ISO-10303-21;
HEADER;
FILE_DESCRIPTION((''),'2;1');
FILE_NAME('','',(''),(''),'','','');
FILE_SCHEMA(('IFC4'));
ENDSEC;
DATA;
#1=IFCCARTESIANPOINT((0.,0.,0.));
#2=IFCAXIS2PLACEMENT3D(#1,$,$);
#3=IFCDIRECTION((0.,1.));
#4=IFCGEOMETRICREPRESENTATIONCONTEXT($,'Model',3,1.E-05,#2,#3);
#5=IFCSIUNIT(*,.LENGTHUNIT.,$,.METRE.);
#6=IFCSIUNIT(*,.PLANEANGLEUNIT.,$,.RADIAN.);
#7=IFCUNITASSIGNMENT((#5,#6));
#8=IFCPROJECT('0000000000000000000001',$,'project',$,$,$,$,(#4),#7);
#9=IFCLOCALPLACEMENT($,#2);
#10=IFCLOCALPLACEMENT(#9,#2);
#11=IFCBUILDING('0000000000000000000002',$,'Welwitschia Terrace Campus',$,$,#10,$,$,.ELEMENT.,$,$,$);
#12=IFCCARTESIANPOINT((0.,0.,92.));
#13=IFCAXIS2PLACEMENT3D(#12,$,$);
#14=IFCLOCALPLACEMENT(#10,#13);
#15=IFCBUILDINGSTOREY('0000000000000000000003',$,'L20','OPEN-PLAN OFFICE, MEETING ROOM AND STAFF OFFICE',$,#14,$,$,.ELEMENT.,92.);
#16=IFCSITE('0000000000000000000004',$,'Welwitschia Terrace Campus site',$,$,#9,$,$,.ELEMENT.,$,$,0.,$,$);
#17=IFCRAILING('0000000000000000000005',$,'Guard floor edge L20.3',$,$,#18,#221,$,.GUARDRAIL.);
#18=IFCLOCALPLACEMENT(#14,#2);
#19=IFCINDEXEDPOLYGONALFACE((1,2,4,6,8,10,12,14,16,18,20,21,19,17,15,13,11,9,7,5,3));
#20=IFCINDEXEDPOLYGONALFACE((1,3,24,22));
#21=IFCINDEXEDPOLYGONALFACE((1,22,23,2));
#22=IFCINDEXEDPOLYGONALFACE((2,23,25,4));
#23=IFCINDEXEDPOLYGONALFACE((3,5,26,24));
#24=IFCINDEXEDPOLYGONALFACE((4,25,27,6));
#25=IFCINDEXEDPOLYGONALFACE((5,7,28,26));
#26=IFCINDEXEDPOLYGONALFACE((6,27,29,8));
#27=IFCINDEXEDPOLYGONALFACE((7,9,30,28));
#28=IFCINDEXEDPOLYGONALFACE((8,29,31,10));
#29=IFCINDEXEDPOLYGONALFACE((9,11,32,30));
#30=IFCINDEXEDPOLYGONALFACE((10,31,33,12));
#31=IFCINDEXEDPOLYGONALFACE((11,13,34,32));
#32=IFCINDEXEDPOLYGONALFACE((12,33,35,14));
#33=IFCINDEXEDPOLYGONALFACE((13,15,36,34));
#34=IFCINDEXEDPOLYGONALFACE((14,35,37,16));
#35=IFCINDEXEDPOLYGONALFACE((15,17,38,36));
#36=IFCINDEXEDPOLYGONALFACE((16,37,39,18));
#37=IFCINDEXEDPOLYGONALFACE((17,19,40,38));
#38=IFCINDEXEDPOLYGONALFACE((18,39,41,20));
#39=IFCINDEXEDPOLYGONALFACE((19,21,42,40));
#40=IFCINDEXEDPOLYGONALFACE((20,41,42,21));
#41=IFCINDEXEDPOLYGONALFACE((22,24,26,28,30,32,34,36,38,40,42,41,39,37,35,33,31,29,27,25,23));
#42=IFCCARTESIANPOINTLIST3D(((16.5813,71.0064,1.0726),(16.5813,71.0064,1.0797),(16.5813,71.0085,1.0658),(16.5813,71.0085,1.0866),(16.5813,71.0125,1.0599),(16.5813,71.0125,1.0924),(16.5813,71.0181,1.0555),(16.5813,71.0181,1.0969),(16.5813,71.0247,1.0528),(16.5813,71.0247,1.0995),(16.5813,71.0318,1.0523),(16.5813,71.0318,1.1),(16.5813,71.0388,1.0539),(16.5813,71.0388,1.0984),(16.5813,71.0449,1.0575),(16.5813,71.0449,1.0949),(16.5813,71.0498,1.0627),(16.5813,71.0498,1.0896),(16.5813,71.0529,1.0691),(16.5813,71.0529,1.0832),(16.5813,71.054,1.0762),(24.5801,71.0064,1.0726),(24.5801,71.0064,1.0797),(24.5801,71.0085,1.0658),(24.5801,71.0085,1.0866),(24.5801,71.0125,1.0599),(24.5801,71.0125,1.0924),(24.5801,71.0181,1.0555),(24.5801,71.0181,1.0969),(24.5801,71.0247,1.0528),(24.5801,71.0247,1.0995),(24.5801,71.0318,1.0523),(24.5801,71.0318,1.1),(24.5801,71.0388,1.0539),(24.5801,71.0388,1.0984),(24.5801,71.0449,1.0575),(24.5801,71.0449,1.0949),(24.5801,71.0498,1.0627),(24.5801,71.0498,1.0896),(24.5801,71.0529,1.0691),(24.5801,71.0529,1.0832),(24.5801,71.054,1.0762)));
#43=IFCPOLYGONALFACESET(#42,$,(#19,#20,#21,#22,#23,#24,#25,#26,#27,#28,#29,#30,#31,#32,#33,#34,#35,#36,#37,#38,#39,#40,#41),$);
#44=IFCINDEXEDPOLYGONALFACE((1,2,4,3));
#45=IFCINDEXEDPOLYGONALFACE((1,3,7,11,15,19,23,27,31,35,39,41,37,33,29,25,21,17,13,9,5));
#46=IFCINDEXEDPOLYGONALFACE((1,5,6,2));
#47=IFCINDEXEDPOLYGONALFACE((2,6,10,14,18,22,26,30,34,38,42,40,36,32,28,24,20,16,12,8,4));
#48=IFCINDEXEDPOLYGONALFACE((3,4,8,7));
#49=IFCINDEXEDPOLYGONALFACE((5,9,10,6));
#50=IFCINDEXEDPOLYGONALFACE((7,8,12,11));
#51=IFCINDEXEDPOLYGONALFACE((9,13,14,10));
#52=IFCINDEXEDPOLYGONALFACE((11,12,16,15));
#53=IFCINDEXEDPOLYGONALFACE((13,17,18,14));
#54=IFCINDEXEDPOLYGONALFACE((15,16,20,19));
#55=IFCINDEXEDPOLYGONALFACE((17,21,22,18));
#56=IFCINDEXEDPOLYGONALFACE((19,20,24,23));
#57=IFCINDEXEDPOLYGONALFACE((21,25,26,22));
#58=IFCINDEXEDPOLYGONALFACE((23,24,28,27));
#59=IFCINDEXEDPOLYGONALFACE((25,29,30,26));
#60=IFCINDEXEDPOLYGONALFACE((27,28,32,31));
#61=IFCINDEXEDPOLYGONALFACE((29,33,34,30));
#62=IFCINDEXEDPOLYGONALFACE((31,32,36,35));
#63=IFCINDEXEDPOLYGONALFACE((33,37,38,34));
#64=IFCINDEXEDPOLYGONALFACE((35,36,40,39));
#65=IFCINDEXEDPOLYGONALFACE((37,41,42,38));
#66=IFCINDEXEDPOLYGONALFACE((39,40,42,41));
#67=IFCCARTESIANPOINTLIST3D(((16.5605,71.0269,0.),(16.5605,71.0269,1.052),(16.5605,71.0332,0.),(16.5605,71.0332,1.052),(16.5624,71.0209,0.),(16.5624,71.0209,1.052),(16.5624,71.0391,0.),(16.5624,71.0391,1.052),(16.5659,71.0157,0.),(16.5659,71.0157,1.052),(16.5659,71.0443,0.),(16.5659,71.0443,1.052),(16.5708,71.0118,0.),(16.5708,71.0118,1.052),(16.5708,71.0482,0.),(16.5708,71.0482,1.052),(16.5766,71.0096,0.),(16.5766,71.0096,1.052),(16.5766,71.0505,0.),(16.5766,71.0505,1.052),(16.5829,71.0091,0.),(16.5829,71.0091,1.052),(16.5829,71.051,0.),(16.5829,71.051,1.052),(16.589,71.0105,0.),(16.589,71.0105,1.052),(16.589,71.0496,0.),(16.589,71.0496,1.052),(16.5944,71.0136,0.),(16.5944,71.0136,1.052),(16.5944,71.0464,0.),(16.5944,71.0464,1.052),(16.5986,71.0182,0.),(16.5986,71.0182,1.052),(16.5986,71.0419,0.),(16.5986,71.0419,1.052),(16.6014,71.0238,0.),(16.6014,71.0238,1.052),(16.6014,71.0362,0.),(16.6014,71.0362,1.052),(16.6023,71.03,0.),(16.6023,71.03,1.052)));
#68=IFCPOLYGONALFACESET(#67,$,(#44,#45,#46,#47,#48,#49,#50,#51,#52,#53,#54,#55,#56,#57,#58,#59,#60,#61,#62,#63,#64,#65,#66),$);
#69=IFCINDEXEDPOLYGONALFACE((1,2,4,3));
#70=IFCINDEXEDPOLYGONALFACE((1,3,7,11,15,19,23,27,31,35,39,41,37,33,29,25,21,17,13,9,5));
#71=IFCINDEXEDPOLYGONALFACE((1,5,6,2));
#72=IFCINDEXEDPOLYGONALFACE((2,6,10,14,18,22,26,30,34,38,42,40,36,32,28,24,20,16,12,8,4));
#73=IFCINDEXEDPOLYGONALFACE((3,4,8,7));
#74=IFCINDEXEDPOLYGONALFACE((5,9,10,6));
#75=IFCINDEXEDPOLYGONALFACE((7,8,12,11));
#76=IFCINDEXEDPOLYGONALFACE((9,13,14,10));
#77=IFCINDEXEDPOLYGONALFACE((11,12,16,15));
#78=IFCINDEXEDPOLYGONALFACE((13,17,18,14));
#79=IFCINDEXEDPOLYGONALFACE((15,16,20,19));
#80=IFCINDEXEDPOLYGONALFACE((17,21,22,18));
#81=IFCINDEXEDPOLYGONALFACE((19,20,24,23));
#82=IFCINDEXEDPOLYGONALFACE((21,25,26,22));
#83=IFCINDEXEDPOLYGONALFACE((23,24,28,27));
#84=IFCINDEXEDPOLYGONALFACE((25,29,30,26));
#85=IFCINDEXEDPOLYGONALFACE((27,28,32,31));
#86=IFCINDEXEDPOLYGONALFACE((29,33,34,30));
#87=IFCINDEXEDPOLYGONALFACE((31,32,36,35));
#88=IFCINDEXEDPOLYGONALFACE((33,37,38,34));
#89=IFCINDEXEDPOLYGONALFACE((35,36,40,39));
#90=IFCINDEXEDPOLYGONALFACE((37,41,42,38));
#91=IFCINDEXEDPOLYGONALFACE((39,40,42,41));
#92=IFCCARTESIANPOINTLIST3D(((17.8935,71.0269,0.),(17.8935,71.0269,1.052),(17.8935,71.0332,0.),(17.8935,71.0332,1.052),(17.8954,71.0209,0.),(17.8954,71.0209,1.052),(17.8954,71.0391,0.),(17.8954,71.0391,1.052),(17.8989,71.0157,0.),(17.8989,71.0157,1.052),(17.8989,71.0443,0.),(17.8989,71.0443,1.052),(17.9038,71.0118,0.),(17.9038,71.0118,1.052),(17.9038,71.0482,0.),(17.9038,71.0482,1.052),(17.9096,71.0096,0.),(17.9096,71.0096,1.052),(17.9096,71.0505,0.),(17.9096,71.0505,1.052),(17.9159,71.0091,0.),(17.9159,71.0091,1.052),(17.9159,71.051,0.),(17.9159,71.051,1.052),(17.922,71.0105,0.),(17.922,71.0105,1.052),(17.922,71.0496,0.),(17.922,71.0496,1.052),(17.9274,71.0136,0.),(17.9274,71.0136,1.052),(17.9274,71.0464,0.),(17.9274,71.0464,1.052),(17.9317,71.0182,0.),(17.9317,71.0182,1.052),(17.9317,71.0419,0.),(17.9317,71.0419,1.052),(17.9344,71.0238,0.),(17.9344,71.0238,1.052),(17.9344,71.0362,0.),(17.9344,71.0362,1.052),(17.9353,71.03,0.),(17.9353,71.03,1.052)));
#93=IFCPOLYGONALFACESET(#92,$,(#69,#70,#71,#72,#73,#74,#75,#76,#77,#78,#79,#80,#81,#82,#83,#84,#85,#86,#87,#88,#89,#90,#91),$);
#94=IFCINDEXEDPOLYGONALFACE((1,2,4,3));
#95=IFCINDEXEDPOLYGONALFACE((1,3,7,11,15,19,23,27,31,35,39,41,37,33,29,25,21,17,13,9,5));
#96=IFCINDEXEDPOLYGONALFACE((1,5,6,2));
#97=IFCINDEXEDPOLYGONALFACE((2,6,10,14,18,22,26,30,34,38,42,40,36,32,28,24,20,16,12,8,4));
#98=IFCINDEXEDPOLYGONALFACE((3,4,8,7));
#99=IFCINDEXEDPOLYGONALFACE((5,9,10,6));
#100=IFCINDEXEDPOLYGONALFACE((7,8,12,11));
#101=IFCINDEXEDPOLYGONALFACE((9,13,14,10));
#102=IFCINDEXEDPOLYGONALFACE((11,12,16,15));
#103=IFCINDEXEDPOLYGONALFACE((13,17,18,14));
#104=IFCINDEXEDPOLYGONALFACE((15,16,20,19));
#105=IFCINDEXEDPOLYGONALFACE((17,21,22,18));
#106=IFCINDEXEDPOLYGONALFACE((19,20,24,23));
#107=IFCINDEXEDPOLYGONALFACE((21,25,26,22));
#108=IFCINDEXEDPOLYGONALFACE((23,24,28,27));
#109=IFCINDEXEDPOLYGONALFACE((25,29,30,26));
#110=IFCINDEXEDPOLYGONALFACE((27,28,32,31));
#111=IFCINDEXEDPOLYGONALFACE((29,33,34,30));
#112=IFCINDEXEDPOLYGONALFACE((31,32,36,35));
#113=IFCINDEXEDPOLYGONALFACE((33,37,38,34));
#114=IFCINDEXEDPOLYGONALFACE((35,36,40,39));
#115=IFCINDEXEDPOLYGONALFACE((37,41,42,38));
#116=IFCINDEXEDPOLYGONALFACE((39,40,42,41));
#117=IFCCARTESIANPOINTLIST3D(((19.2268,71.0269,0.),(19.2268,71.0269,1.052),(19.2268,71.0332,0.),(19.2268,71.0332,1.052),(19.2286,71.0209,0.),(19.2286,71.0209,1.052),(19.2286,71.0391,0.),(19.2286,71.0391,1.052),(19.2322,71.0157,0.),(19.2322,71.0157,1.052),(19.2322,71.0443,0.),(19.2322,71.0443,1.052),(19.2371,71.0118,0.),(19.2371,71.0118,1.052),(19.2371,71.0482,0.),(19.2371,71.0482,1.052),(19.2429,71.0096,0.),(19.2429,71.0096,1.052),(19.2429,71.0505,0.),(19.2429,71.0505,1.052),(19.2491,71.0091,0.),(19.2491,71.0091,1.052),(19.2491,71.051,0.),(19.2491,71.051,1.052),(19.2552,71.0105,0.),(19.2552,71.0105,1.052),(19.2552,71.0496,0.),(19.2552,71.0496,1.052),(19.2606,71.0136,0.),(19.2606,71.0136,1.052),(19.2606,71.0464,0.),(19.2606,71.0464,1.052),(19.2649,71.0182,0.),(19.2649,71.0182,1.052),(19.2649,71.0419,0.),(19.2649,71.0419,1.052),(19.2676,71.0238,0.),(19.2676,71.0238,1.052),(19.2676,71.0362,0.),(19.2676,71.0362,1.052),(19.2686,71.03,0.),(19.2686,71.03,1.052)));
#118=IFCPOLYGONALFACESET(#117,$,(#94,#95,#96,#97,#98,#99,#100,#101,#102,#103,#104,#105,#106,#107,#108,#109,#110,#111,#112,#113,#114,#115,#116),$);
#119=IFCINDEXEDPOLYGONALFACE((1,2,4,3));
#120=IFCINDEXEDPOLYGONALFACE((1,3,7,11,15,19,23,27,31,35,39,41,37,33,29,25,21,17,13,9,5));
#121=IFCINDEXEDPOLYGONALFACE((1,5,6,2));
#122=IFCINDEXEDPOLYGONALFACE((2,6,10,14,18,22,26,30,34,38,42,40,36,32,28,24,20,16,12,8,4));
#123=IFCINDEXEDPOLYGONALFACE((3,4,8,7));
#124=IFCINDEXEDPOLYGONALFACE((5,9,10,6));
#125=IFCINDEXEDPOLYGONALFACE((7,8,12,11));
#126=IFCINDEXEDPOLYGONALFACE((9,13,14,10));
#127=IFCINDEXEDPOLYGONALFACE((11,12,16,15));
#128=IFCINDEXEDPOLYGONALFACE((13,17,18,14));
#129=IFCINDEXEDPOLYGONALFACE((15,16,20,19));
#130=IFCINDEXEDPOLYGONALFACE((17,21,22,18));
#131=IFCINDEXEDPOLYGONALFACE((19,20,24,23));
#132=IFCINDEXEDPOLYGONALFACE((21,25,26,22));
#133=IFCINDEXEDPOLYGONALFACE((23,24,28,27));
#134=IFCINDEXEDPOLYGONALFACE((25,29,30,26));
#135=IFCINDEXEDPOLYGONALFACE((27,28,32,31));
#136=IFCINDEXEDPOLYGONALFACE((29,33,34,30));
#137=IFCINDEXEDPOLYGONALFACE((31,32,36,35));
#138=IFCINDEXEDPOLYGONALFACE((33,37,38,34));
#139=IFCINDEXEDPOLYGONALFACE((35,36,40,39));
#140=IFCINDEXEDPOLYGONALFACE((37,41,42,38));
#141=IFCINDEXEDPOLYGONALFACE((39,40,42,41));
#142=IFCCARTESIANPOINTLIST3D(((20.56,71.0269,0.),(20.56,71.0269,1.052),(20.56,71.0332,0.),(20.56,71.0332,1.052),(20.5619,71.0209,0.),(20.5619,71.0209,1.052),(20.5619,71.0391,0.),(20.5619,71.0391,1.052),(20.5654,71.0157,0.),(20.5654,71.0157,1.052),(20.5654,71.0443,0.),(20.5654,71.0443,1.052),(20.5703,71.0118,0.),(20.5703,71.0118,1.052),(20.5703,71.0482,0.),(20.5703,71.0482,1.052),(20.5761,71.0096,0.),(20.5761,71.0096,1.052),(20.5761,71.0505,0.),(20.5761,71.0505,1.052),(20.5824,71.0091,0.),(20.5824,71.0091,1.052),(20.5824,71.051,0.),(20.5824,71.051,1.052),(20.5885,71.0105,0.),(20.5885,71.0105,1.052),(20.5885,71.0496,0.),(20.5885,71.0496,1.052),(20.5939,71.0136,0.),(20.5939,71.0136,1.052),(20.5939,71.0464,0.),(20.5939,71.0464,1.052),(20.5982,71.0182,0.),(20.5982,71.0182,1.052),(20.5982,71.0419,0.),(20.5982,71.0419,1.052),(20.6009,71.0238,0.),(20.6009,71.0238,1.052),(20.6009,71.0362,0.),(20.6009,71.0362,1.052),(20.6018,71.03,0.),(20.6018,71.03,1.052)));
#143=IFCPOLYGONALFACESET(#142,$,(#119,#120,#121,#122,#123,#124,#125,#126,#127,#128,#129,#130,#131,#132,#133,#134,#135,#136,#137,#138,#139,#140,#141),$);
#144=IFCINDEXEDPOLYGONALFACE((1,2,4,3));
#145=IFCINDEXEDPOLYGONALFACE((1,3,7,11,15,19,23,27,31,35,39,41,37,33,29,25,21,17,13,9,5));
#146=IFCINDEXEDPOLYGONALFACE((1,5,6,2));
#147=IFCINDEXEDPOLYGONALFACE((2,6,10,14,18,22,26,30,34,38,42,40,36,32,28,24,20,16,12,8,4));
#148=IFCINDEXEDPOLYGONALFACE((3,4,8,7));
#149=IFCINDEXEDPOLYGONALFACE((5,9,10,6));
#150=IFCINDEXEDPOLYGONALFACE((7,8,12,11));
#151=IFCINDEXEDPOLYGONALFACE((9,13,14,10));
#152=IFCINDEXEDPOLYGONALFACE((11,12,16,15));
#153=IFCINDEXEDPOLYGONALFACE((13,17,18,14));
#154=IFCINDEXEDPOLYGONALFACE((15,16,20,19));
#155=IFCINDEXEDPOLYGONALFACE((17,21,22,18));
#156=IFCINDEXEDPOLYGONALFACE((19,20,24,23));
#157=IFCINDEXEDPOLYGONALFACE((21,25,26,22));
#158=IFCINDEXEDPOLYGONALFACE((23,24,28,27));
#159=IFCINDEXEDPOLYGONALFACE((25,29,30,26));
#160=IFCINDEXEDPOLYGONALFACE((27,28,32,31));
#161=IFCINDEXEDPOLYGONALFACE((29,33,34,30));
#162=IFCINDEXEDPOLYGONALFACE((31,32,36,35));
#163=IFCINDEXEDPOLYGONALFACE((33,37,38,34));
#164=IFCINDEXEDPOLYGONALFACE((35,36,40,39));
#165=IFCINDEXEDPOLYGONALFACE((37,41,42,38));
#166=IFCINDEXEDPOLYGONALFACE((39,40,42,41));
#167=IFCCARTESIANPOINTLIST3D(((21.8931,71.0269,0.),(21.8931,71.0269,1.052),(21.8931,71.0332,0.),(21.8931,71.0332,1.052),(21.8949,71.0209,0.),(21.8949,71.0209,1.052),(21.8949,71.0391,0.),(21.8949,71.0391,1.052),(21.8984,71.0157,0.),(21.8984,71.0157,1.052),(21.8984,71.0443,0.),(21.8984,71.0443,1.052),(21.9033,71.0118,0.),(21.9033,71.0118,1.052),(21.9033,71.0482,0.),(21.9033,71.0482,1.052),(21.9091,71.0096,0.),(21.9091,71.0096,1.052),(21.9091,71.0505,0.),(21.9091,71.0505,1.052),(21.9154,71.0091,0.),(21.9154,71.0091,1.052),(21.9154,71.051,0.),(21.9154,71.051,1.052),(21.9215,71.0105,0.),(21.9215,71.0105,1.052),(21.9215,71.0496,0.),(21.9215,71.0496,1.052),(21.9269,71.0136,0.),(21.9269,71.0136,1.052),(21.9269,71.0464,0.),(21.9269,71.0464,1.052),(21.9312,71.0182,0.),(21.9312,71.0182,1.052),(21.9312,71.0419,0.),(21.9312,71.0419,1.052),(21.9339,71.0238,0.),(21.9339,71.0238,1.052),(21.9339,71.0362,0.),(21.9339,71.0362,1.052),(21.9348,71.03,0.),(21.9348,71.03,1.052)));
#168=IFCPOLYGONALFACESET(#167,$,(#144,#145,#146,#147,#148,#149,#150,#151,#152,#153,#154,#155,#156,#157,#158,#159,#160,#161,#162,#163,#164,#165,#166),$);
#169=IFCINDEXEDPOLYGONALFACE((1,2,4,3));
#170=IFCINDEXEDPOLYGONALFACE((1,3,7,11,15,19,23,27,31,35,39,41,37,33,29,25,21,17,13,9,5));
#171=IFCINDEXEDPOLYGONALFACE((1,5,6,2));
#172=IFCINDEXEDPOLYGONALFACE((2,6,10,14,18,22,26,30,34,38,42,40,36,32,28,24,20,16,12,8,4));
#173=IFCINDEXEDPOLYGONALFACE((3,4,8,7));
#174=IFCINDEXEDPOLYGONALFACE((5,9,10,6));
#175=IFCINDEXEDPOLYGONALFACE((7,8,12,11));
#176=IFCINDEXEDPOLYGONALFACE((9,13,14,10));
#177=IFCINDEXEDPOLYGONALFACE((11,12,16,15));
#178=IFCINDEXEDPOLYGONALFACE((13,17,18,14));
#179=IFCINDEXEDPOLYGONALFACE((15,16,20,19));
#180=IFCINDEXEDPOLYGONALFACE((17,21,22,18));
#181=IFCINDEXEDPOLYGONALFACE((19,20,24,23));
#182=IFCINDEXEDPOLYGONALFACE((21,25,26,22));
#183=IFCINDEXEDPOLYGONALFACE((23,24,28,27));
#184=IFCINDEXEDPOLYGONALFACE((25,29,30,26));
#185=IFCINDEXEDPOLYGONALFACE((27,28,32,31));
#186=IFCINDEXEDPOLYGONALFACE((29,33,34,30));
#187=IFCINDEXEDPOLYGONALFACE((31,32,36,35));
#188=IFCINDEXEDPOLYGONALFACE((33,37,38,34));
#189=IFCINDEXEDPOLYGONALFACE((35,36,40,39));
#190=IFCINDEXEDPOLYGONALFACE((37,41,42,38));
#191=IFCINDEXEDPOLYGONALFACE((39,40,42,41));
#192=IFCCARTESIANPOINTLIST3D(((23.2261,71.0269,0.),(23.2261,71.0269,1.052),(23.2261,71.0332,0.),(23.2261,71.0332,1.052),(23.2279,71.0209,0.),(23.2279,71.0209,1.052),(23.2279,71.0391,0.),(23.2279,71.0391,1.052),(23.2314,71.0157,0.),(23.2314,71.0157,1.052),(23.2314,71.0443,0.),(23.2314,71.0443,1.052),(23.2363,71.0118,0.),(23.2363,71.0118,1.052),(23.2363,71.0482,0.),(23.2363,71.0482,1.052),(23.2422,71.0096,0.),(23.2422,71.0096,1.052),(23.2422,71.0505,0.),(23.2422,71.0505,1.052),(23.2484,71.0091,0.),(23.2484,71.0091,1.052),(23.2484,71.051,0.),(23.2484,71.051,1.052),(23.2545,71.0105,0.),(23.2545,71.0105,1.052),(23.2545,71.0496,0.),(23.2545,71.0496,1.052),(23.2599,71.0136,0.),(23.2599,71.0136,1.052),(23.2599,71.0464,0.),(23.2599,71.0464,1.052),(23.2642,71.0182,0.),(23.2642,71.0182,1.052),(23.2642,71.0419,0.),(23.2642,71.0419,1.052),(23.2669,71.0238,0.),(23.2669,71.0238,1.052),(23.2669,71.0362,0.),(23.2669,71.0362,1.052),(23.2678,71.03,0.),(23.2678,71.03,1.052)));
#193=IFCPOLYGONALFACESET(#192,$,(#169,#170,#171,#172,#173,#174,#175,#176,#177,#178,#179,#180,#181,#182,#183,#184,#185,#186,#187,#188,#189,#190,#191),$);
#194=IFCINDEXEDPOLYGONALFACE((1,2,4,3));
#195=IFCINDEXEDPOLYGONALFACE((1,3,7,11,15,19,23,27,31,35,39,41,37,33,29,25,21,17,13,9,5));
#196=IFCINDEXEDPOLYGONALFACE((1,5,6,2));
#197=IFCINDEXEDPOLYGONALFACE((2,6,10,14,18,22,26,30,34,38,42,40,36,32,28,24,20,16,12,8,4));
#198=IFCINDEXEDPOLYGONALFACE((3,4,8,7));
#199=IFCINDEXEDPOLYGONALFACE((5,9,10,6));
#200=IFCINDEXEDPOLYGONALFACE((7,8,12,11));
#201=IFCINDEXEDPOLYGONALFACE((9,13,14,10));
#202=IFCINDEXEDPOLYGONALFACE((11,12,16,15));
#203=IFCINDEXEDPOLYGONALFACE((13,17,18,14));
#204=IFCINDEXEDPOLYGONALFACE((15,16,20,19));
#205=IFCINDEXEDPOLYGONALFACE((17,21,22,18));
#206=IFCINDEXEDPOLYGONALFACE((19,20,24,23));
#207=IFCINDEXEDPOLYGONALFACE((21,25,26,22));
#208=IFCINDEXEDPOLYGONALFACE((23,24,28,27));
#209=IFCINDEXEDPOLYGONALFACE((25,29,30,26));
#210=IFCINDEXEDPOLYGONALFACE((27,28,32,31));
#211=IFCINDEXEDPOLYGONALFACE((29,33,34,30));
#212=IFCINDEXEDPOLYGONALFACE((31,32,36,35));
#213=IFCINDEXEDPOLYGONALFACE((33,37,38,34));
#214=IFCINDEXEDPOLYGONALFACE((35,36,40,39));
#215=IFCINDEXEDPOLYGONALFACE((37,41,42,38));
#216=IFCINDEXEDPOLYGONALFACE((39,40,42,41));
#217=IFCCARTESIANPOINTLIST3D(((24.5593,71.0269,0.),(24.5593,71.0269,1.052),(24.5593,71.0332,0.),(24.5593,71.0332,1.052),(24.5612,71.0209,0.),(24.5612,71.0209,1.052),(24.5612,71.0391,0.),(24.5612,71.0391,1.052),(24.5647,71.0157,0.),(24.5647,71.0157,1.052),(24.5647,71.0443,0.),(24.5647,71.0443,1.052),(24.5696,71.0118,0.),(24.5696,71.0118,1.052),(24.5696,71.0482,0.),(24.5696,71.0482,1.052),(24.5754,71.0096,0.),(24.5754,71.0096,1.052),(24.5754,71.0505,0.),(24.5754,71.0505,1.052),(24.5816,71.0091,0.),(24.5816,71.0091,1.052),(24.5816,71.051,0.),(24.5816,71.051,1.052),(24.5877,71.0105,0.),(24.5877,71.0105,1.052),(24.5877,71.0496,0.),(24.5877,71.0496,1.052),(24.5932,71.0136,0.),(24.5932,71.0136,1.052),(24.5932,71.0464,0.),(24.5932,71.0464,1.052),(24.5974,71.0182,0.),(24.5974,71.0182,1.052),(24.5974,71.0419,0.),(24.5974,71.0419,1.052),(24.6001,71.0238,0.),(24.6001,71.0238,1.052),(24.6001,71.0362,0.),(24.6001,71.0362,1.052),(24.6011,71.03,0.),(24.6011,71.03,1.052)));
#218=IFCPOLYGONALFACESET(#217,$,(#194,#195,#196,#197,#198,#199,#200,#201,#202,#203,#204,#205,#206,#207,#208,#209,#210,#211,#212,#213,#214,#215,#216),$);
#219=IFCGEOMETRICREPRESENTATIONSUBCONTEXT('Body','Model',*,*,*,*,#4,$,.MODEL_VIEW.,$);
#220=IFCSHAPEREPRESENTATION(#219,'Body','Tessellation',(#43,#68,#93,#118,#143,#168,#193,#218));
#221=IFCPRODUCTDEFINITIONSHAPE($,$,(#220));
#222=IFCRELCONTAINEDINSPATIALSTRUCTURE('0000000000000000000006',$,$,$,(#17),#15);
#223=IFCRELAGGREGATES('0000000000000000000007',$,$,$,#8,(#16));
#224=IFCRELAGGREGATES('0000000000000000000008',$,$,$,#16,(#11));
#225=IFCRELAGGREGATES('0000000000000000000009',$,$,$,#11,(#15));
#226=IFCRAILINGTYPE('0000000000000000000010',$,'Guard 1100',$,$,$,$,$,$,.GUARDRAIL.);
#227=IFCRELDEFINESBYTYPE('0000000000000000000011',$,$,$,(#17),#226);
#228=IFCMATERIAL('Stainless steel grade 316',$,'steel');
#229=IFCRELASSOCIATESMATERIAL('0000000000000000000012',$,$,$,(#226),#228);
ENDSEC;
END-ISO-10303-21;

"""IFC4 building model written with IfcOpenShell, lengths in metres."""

from ifc_helpers import new_model, si_unit, direction, frame, origin, origin_2d, place, context, subcontext, project, spatial, circle, extrude, material, type_object, element, save


model = new_model("IFC4")

# Units and contexts
model_context = context("Model", 3, precision=1e-05, world=origin(), true_north=direction((0.0, 1.0)))
body_context = subcontext(model_context, "Body", "Model", "MODEL_VIEW")
ifc_project = project(units=[si_unit("LENGTHUNIT", "METRE"), si_unit("PLANEANGLEUNIT", "RADIAN")], contexts=[model_context])

# Site, building, storey
site_placement = place(None, origin())
site = spatial("IfcSite", under=ifc_project, at=site_placement, Name="Welwitschia Terrace Campus site", CompositionType="ELEMENT", RefElevation=0.0)
building_placement = place(site_placement, origin())
building = spatial("IfcBuilding", under=site, at=building_placement, Name="Welwitschia Terrace Campus", CompositionType="ELEMENT")
storey_placement = place(building_placement, frame((0.0, 0.0, 92.0)))
storey = spatial("IfcBuildingStorey", under=building, at=storey_placement, Name="L20", Description="OPEN-PLAN OFFICE, MEETING ROOM AND STAFF OFFICE", CompositionType="ELEMENT", Elevation=92.0)

# Railing
ifc_material_1 = material(Name="Stainless steel grade 316", Category="steel")
railing_type = type_object("IfcRailingType", Name="Guard 1100", PredefinedType="GUARDRAIL", material=ifc_material_1)
railing_placement = place(storey_placement, frame((16.5813, 71.03, 0.0)))
element("IfcRailing", 1, at=railing_placement, inside=storey, type_object=railing_type, Name="Guard floor edge L20.3", PredefinedType="GUARDRAIL", context=body_context, shape_type="SweptSolid", body=[
    extrude(circle(Radius=0.0239, at=origin_2d()), frame((0.0, 0.0, 1.0762), z_axis=(1.0, 0.0, 0.0), x_axis=(0.0, 1.0, 0.0)), (0.0, 0.0, 1.0), 7.9988),
    extrude(circle(Radius=0.021, at=origin_2d()), origin(), (0.0, 0.0, 1.0), 1.052),
    extrude(circle(Radius=0.021, at=origin_2d()), frame((1.333, 0.0, 0.0)), (0.0, 0.0, 1.0), 1.052),
    extrude(circle(Radius=0.021, at=origin_2d()), frame((2.6663, 0.0, 0.0)), (0.0, 0.0, 1.0), 1.052),
    extrude(circle(Radius=0.021, at=origin_2d()), frame((3.9995, 0.0, 0.0)), (0.0, 0.0, 1.0), 1.052),
    extrude(circle(Radius=0.021, at=origin_2d()), frame((5.3325, 0.0, 0.0)), (0.0, 0.0, 1.0), 1.052),
    extrude(circle(Radius=0.021, at=origin_2d()), frame((6.6655, 0.0, 0.0)), (0.0, 0.0, 1.0), 1.052),
    extrude(circle(Radius=0.021, at=origin_2d()), frame((7.9988, 0.0, 0.0)), (0.0, 0.0, 1.0), 1.052),
])

save(model, "model.ifc")
